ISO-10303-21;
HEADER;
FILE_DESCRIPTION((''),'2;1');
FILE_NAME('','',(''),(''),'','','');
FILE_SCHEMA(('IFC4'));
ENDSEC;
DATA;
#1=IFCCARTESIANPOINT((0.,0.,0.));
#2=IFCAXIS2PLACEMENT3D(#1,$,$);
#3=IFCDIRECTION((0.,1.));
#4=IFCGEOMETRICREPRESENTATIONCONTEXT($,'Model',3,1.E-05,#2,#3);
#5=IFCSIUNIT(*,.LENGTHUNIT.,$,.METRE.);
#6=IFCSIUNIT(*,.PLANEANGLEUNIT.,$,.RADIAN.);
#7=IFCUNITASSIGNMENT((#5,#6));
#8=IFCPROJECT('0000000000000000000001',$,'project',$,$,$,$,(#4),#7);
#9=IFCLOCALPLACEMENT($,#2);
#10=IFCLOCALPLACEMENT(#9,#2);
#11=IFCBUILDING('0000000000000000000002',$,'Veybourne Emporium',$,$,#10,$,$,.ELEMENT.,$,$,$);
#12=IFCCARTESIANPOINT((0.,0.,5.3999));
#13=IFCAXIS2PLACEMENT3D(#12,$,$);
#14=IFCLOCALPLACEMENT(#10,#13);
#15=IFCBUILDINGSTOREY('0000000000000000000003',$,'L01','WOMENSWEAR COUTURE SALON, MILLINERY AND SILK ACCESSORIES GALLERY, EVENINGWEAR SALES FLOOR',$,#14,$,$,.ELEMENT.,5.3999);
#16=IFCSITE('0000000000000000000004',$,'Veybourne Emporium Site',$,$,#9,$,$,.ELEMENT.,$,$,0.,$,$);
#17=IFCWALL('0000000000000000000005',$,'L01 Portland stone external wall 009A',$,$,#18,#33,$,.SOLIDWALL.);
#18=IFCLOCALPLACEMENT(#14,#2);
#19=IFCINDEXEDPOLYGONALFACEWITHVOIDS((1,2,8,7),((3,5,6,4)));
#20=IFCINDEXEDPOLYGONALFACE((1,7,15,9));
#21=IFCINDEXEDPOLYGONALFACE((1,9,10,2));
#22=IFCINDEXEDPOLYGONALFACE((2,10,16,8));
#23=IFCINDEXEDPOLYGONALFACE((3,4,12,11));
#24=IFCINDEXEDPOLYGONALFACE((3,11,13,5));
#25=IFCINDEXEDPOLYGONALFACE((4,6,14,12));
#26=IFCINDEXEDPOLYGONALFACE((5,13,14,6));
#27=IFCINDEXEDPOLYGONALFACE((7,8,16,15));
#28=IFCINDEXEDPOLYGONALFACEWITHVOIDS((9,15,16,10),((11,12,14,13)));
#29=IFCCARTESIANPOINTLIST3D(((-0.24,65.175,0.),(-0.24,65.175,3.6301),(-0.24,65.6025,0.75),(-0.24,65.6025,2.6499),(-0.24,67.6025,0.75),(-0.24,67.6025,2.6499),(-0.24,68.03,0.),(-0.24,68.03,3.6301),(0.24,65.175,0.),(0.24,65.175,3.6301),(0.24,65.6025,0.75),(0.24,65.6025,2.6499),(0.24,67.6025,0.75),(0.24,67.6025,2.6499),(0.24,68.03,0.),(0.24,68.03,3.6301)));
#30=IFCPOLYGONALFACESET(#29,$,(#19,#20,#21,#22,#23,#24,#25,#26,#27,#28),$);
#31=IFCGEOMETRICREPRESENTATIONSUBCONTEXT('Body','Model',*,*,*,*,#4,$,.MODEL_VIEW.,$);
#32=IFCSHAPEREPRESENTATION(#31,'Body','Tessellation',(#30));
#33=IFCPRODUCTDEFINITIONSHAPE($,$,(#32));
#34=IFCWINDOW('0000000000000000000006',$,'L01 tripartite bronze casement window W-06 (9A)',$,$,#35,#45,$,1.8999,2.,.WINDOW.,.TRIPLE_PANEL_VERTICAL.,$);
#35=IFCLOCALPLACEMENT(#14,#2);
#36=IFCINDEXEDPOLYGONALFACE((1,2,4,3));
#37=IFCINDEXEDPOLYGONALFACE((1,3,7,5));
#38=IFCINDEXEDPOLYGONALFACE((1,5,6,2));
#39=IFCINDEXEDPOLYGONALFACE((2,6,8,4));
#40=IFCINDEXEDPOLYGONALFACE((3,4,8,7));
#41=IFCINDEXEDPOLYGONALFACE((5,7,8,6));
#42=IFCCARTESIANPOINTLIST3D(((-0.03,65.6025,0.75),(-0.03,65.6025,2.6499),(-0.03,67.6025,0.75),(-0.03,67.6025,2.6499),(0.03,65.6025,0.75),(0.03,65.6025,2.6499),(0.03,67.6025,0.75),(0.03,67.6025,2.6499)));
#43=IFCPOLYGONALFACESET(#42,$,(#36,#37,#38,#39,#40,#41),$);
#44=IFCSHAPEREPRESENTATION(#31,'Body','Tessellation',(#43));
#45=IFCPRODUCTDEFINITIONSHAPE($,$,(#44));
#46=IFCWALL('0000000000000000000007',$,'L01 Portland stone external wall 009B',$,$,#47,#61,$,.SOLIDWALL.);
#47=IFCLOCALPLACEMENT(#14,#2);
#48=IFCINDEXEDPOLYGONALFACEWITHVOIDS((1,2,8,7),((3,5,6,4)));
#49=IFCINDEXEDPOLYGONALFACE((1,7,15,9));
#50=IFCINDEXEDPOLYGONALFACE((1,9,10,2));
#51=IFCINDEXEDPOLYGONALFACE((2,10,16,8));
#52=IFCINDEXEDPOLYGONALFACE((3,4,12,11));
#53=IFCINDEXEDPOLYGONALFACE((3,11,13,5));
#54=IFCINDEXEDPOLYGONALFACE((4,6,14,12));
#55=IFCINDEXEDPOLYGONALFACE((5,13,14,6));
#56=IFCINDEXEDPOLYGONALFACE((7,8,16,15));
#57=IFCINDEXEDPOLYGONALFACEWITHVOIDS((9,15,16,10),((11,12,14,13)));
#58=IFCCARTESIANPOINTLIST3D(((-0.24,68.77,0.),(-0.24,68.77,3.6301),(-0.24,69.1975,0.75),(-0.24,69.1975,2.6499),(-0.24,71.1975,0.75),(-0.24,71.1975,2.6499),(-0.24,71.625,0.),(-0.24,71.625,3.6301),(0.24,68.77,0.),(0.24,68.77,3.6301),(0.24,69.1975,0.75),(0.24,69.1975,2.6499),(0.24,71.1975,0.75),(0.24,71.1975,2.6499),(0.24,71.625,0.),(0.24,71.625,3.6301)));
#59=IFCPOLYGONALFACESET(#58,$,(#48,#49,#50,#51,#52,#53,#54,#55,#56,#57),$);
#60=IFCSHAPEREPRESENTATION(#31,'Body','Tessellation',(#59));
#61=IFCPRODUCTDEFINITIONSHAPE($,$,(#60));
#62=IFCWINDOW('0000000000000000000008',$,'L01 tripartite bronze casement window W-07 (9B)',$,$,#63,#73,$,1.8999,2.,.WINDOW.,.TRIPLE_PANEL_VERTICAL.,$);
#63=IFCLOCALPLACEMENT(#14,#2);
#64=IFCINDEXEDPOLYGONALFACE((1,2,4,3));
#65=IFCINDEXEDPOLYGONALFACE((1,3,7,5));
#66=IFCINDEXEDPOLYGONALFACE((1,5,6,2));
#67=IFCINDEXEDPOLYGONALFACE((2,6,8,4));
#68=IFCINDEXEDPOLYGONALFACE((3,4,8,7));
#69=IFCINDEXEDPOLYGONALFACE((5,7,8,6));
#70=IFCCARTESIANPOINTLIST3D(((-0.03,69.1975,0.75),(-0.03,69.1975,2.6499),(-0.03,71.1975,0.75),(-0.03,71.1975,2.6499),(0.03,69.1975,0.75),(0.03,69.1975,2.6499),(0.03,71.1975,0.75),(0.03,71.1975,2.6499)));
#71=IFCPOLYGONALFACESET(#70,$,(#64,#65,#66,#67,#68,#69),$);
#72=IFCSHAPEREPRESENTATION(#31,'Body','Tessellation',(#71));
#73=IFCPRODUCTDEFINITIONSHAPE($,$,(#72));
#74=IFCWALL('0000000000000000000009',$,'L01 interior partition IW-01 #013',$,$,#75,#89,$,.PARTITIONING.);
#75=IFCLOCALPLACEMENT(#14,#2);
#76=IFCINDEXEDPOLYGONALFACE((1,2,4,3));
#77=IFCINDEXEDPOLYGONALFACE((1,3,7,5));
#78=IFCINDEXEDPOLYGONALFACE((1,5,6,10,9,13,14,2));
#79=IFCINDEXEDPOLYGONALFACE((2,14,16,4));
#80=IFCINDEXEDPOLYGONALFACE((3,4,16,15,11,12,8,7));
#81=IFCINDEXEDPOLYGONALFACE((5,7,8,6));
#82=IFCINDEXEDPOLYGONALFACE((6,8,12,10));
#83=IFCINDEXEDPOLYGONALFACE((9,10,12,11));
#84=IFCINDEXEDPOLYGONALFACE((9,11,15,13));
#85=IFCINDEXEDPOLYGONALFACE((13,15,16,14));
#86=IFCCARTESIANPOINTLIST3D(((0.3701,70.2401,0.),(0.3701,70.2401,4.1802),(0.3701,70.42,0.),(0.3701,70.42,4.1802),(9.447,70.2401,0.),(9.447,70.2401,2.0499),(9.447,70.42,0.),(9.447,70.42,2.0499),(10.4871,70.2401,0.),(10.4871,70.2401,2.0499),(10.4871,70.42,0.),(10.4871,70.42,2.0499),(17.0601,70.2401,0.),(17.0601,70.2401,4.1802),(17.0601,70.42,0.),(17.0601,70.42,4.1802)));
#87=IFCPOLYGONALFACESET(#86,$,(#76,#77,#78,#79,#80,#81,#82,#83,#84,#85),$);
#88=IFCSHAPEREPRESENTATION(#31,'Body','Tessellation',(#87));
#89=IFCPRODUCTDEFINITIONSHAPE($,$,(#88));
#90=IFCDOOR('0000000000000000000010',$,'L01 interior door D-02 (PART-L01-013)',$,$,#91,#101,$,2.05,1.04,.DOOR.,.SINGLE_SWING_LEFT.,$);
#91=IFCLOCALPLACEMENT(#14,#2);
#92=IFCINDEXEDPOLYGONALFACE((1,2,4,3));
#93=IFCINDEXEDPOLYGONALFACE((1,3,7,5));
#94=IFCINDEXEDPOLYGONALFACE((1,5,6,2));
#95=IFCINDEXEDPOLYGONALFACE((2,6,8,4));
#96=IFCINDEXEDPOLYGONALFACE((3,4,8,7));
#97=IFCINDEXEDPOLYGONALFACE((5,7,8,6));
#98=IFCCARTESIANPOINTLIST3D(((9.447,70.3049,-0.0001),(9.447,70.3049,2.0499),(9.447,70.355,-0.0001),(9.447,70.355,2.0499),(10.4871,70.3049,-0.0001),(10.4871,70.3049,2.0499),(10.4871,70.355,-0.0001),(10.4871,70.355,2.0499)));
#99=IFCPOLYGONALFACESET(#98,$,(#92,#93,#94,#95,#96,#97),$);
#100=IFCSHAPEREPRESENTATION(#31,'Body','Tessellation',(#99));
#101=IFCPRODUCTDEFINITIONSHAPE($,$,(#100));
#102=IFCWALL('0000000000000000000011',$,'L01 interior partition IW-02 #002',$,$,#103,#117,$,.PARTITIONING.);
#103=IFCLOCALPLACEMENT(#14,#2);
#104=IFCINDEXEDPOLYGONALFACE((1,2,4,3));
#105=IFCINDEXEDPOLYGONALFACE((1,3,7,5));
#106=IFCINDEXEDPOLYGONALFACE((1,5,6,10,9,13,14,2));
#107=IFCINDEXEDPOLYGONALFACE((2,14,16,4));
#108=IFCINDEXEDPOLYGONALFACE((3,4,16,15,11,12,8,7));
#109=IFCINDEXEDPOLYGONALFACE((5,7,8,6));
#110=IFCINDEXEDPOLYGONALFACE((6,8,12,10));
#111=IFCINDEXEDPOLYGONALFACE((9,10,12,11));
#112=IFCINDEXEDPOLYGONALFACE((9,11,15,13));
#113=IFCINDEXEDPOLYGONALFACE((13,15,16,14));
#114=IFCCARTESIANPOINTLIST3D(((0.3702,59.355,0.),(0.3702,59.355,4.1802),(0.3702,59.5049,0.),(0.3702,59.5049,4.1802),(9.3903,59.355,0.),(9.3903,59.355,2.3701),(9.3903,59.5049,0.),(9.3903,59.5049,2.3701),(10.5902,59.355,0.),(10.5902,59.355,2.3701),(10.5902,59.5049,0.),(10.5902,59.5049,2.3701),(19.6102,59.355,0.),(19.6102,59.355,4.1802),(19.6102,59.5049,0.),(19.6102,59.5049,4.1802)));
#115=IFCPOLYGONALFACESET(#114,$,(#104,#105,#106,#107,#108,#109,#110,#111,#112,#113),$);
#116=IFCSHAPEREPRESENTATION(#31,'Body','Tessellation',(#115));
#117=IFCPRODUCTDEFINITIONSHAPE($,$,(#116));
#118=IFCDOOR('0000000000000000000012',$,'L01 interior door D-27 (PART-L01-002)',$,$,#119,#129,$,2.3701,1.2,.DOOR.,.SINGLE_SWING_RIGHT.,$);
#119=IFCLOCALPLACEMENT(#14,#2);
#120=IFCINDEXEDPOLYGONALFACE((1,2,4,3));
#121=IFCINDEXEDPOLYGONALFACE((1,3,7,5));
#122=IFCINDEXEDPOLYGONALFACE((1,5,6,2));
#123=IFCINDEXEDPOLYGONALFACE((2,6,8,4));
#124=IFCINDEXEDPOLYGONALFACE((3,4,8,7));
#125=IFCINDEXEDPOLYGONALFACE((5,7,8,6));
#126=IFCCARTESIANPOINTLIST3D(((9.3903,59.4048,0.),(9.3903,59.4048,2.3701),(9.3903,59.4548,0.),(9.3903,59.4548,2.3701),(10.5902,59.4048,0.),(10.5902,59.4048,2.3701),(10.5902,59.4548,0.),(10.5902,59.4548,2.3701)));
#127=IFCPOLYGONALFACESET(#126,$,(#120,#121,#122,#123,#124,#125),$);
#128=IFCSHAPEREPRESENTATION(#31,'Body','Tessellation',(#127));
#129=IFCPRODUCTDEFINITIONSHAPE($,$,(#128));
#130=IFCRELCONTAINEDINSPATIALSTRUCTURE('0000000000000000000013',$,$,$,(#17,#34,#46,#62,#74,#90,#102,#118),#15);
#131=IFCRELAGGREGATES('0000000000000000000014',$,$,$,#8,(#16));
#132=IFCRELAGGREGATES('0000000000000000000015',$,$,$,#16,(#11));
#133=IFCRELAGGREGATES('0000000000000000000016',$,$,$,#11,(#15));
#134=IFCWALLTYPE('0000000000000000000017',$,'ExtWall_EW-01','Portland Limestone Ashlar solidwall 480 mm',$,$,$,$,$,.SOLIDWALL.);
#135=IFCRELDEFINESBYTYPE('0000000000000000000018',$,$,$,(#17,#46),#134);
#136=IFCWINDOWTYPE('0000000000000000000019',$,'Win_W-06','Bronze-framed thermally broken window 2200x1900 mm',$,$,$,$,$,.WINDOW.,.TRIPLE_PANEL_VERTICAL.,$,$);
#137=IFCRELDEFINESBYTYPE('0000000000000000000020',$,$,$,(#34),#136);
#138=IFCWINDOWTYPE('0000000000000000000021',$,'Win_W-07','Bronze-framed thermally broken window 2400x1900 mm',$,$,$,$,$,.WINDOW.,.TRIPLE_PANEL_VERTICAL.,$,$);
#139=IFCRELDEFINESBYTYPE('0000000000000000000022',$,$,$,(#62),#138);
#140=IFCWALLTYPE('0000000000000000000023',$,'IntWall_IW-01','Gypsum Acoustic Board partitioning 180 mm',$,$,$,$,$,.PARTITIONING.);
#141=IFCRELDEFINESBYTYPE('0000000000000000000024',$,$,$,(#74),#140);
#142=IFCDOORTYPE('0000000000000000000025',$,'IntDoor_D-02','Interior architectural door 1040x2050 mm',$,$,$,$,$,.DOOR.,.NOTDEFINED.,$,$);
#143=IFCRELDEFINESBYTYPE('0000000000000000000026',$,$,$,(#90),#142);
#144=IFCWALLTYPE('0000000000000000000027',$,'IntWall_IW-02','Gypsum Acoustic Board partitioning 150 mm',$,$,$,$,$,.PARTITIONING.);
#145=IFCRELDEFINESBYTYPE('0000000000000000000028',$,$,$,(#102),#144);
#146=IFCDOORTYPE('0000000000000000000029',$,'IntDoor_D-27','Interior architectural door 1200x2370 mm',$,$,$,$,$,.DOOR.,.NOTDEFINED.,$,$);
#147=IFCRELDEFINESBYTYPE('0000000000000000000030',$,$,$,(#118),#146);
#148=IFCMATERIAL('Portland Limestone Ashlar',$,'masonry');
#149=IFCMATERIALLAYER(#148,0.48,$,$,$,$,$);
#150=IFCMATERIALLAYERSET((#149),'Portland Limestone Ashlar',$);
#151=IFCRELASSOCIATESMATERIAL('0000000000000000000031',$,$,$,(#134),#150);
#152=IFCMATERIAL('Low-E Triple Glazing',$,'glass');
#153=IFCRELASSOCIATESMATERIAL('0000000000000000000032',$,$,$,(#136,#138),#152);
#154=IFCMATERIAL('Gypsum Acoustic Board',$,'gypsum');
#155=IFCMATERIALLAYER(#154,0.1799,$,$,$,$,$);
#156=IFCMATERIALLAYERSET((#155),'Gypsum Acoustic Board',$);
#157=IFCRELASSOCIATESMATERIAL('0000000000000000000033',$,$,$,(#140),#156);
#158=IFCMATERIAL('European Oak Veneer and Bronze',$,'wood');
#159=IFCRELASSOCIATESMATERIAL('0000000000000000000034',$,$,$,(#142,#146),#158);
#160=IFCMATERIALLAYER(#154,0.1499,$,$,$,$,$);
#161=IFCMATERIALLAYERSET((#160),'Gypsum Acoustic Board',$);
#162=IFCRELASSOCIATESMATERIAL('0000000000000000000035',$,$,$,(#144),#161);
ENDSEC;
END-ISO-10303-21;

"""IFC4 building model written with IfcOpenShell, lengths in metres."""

from ifc_helpers import new_model, si_unit, direction, frame, frame_2d, origin, place, context, subcontext, project, spatial, rectangle, extrude, material, layer, layer_set, type_object, element, fill, save


model = new_model("IFC4")

# Units and contexts
model_context = context("Model", 3, precision=1e-05, world=origin(), true_north=direction((0.0, 1.0)))
body_context = subcontext(model_context, "Body", "Model", "MODEL_VIEW")
ifc_project = project(units=[si_unit("LENGTHUNIT", "METRE"), si_unit("PLANEANGLEUNIT", "RADIAN")], contexts=[model_context])

# Site, building, storey
site_placement = place(None, origin())
site = spatial("IfcSite", under=ifc_project, at=site_placement, Name="Veybourne Emporium Site", CompositionType="ELEMENT", RefElevation=0.0)
building_placement = place(site_placement, origin())
building = spatial("IfcBuilding", under=site, at=building_placement, Name="Veybourne Emporium", CompositionType="ELEMENT")
storey_placement = place(building_placement, frame((0.0, 0.0, 5.3999)))
storey = spatial("IfcBuildingStorey", under=building, at=storey_placement, Name="L01", Description="WOMENSWEAR COUTURE SALON, MILLINERY AND SILK ACCESSORIES GALLERY, EVENINGWEAR SALES FLOOR", CompositionType="ELEMENT", Elevation=5.3999)

# Walls, openings, windows
ifc_material_1 = material(Name="Portland Limestone Ashlar", Category="masonry")
ifc_layer_1 = layer(ifc_material_1, 0.48)
ifc_layer_set_1 = layer_set([ifc_layer_1], Name="Portland Limestone Ashlar")
wall_type_1 = type_object("IfcWallType", Name="ExtWall_EW-01", Description="Portland Limestone Ashlar solidwall 480 mm", PredefinedType="SOLIDWALL", material=ifc_layer_set_1)
ifc_material_2 = material(Name="Low-E Triple Glazing", Category="glass")
wall_1_placement = place(storey_placement, frame((0.0, 65.175, 0.0), z_axis=(0.0, 0.0, 1.0), x_axis=(0.0, 1.0, 0.0)))
wall_1 = element("IfcWall", 1, at=wall_1_placement, inside=storey, type_object=wall_type_1, Name="L01 Portland stone external wall 009A", PredefinedType="SOLIDWALL", context=body_context, shape_type="SweptSolid", body=[
    extrude(rectangle(XDim=2.855, YDim=0.48, at=frame_2d((1.4275, 0.0))), origin(), (0.0, 0.0, 1.0), 3.6301),
])
opening_1_placement = place(wall_1_placement, frame((0.4275, 0.0, 0.75)))
opening_1 = element("IfcOpeningElement", 2, at=opening_1_placement, cuts=wall_1, PredefinedType="OPENING", context=body_context, shape_type="SweptSolid", body=[
    extrude(rectangle(XDim=2.0, YDim=1.8999, at=frame_2d((1.0, 0.95))), frame((0.0, 0.26, 0.0), z_axis=(0.0, -1.0, 0.0), x_axis=(1.0, 0.0, 0.0)), (0.0, 0.0, 1.0), 0.52),
])
window_type_1 = type_object("IfcWindowType", Name="Win_W-06", Description="Bronze-framed thermally broken window 2200x1900 mm", PartitioningType="TRIPLE_PANEL_VERTICAL", PredefinedType="WINDOW", material=ifc_material_2)
window_1_placement = place(opening_1_placement, origin())
window_1 = element("IfcWindow", 3, at=window_1_placement, inside=storey, type_object=window_type_1, Name="L01 tripartite bronze casement window W-06 (9A)", OverallHeight=1.8999, OverallWidth=2.0, PartitioningType="TRIPLE_PANEL_VERTICAL", PredefinedType="WINDOW", context=body_context, shape_type="SweptSolid", body=[
    extrude(rectangle(XDim=2.0, YDim=1.8999, at=frame_2d((1.0, 0.95))), frame((0.0, 0.03, 0.0), z_axis=(0.0, -1.0, 0.0), x_axis=(1.0, 0.0, 0.0)), (0.0, 0.0, 1.0), 0.0601),
])
fill(opening_1, window_1)
wall_2_placement = place(storey_placement, frame((0.0, 68.77, 0.0), z_axis=(0.0, 0.0, 1.0), x_axis=(0.0, 1.0, 0.0)))
wall_2 = element("IfcWall", 4, at=wall_2_placement, inside=storey, type_object=wall_type_1, Name="L01 Portland stone external wall 009B", PredefinedType="SOLIDWALL", context=body_context, shape_type="SweptSolid", body=[
    extrude(rectangle(XDim=2.855, YDim=0.48, at=frame_2d((1.4275, 0.0))), origin(), (0.0, 0.0, 1.0), 3.6301),
])
opening_2_placement = place(wall_2_placement, frame((0.4275, 0.0, 0.75)))
opening_2 = element("IfcOpeningElement", 5, at=opening_2_placement, cuts=wall_2, PredefinedType="OPENING", context=body_context, shape_type="SweptSolid", body=[
    extrude(rectangle(XDim=2.0, YDim=1.8999, at=frame_2d((1.0, 0.95))), frame((0.0, 0.26, 0.0), z_axis=(0.0, -1.0, 0.0), x_axis=(1.0, 0.0, 0.0)), (0.0, 0.0, 1.0), 0.52),
])
window_type_2 = type_object("IfcWindowType", Name="Win_W-07", Description="Bronze-framed thermally broken window 2400x1900 mm", PartitioningType="TRIPLE_PANEL_VERTICAL", PredefinedType="WINDOW", material=ifc_material_2)
window_2_placement = place(opening_2_placement, origin())
window_2 = element("IfcWindow", 6, at=window_2_placement, inside=storey, type_object=window_type_2, Name="L01 tripartite bronze casement window W-07 (9B)", OverallHeight=1.8999, OverallWidth=2.0, PartitioningType="TRIPLE_PANEL_VERTICAL", PredefinedType="WINDOW", context=body_context, shape_type="SweptSolid", body=[
    extrude(rectangle(XDim=2.0, YDim=1.8999, at=frame_2d((1.0, 0.95))), frame((0.0, 0.03, 0.0), z_axis=(0.0, -1.0, 0.0), x_axis=(1.0, 0.0, 0.0)), (0.0, 0.0, 1.0), 0.0601),
])
fill(opening_2, window_2)

# Walls, openings, doors
ifc_material_3 = material(Name="Gypsum Acoustic Board", Category="gypsum")
ifc_layer_2 = layer(ifc_material_3, 0.1799)
ifc_layer_set_2 = layer_set([ifc_layer_2], Name="Gypsum Acoustic Board")
wall_type_2 = type_object("IfcWallType", Name="IntWall_IW-01", Description="Gypsum Acoustic Board partitioning 180 mm", PredefinedType="PARTITIONING", material=ifc_layer_set_2)
wall_3_placement = place(storey_placement, frame((0.3701, 70.3301, 0.0), z_axis=(0.0, 0.0, 1.0), x_axis=(1.0, 0.0, 0.0)))
wall_3 = element("IfcWall", 7, at=wall_3_placement, inside=storey, type_object=wall_type_2, Name="L01 interior partition IW-01 #013", PredefinedType="PARTITIONING", context=body_context, shape_type="SweptSolid", body=[
    extrude(rectangle(XDim=16.6899, YDim=0.1799, at=frame_2d((8.345, 0.0))), origin(), (0.0, 0.0, 1.0), 4.1802),
])
opening_3_placement = place(wall_3_placement, frame((9.0769, 0.0, 0.0)))
opening_3 = element("IfcOpeningElement", 8, at=opening_3_placement, cuts=wall_3, PredefinedType="OPENING", context=body_context, shape_type="SweptSolid", body=[
    extrude(rectangle(XDim=1.04, YDim=2.05, at=frame_2d((0.52, 1.0249))), frame((0.0, 0.1099, 0.0), z_axis=(0.0, -1.0, 0.0), x_axis=(1.0, 0.0, 0.0)), (0.0, 0.0, 1.0), 0.22),
])
ifc_material_4 = material(Name="European Oak Veneer and Bronze", Category="wood")
door_type_1 = type_object("IfcDoorType", Name="IntDoor_D-02", Description="Interior architectural door 1040x2050 mm", OperationType="NOTDEFINED", PredefinedType="DOOR", material=ifc_material_4)
door_1_placement = place(opening_3_placement, origin())
door_1 = element("IfcDoor", 9, at=door_1_placement, inside=storey, type_object=door_type_1, Name="L01 interior door D-02 (PART-L01-013)", OperationType="SINGLE_SWING_LEFT", OverallHeight=2.05, OverallWidth=1.04, PredefinedType="DOOR", context=body_context, shape_type="SweptSolid", body=[
    extrude(rectangle(XDim=1.04, YDim=2.05, at=frame_2d((0.52, 1.0249))), frame((0.0, 0.0249, 0.0), z_axis=(0.0, -1.0, 0.0), x_axis=(1.0, 0.0, 0.0)), (0.0, 0.0, 1.0), 0.05),
])
fill(opening_3, door_1)
ifc_layer_3 = layer(ifc_material_3, 0.1499)
ifc_layer_set_3 = layer_set([ifc_layer_3], Name="Gypsum Acoustic Board")
wall_type_3 = type_object("IfcWallType", Name="IntWall_IW-02", Description="Gypsum Acoustic Board partitioning 150 mm", PredefinedType="PARTITIONING", material=ifc_layer_set_3)
wall_4_placement = place(storey_placement, frame((0.3701, 59.4299, 0.0), z_axis=(0.0, 0.0, 1.0), x_axis=(1.0, 0.0, 0.0)))
wall_4 = element("IfcWall", 10, at=wall_4_placement, inside=storey, type_object=wall_type_3, Name="L01 interior partition IW-02 #002", PredefinedType="PARTITIONING", context=body_context, shape_type="SweptSolid", body=[
    extrude(rectangle(XDim=19.24, YDim=0.1499, at=frame_2d((9.6201, 0.0))), origin(), (0.0, 0.0, 1.0), 4.1802),
])
opening_4_placement = place(wall_4_placement, frame((9.02, 0.0, 0.0)))
opening_4 = element("IfcOpeningElement", 11, at=opening_4_placement, cuts=wall_4, PredefinedType="OPENING", context=body_context, shape_type="SweptSolid", body=[
    extrude(rectangle(XDim=1.2, YDim=2.3701, at=frame_2d((0.6001, 1.1851))), frame((0.0, 0.095, 0.0), z_axis=(0.0, -1.0, 0.0), x_axis=(1.0, 0.0, 0.0)), (0.0, 0.0, 1.0), 0.1899),
])
door_type_2 = type_object("IfcDoorType", Name="IntDoor_D-27", Description="Interior architectural door 1200x2370 mm", OperationType="NOTDEFINED", PredefinedType="DOOR", material=ifc_material_4)
door_2_placement = place(opening_4_placement, origin())
door_2 = element("IfcDoor", 12, at=door_2_placement, inside=storey, type_object=door_type_2, Name="L01 interior door D-27 (PART-L01-002)", OperationType="SINGLE_SWING_RIGHT", OverallHeight=2.3701, OverallWidth=1.2, PredefinedType="DOOR", context=body_context, shape_type="SweptSolid", body=[
    extrude(rectangle(XDim=1.2, YDim=2.3701, at=frame_2d((0.6001, 1.1851))), frame((0.0, 0.0249, 0.0), z_axis=(0.0, -1.0, 0.0), x_axis=(1.0, 0.0, 0.0)), (0.0, 0.0, 1.0), 0.05),
])
fill(opening_4, door_2)

save(model, "model.ifc")
